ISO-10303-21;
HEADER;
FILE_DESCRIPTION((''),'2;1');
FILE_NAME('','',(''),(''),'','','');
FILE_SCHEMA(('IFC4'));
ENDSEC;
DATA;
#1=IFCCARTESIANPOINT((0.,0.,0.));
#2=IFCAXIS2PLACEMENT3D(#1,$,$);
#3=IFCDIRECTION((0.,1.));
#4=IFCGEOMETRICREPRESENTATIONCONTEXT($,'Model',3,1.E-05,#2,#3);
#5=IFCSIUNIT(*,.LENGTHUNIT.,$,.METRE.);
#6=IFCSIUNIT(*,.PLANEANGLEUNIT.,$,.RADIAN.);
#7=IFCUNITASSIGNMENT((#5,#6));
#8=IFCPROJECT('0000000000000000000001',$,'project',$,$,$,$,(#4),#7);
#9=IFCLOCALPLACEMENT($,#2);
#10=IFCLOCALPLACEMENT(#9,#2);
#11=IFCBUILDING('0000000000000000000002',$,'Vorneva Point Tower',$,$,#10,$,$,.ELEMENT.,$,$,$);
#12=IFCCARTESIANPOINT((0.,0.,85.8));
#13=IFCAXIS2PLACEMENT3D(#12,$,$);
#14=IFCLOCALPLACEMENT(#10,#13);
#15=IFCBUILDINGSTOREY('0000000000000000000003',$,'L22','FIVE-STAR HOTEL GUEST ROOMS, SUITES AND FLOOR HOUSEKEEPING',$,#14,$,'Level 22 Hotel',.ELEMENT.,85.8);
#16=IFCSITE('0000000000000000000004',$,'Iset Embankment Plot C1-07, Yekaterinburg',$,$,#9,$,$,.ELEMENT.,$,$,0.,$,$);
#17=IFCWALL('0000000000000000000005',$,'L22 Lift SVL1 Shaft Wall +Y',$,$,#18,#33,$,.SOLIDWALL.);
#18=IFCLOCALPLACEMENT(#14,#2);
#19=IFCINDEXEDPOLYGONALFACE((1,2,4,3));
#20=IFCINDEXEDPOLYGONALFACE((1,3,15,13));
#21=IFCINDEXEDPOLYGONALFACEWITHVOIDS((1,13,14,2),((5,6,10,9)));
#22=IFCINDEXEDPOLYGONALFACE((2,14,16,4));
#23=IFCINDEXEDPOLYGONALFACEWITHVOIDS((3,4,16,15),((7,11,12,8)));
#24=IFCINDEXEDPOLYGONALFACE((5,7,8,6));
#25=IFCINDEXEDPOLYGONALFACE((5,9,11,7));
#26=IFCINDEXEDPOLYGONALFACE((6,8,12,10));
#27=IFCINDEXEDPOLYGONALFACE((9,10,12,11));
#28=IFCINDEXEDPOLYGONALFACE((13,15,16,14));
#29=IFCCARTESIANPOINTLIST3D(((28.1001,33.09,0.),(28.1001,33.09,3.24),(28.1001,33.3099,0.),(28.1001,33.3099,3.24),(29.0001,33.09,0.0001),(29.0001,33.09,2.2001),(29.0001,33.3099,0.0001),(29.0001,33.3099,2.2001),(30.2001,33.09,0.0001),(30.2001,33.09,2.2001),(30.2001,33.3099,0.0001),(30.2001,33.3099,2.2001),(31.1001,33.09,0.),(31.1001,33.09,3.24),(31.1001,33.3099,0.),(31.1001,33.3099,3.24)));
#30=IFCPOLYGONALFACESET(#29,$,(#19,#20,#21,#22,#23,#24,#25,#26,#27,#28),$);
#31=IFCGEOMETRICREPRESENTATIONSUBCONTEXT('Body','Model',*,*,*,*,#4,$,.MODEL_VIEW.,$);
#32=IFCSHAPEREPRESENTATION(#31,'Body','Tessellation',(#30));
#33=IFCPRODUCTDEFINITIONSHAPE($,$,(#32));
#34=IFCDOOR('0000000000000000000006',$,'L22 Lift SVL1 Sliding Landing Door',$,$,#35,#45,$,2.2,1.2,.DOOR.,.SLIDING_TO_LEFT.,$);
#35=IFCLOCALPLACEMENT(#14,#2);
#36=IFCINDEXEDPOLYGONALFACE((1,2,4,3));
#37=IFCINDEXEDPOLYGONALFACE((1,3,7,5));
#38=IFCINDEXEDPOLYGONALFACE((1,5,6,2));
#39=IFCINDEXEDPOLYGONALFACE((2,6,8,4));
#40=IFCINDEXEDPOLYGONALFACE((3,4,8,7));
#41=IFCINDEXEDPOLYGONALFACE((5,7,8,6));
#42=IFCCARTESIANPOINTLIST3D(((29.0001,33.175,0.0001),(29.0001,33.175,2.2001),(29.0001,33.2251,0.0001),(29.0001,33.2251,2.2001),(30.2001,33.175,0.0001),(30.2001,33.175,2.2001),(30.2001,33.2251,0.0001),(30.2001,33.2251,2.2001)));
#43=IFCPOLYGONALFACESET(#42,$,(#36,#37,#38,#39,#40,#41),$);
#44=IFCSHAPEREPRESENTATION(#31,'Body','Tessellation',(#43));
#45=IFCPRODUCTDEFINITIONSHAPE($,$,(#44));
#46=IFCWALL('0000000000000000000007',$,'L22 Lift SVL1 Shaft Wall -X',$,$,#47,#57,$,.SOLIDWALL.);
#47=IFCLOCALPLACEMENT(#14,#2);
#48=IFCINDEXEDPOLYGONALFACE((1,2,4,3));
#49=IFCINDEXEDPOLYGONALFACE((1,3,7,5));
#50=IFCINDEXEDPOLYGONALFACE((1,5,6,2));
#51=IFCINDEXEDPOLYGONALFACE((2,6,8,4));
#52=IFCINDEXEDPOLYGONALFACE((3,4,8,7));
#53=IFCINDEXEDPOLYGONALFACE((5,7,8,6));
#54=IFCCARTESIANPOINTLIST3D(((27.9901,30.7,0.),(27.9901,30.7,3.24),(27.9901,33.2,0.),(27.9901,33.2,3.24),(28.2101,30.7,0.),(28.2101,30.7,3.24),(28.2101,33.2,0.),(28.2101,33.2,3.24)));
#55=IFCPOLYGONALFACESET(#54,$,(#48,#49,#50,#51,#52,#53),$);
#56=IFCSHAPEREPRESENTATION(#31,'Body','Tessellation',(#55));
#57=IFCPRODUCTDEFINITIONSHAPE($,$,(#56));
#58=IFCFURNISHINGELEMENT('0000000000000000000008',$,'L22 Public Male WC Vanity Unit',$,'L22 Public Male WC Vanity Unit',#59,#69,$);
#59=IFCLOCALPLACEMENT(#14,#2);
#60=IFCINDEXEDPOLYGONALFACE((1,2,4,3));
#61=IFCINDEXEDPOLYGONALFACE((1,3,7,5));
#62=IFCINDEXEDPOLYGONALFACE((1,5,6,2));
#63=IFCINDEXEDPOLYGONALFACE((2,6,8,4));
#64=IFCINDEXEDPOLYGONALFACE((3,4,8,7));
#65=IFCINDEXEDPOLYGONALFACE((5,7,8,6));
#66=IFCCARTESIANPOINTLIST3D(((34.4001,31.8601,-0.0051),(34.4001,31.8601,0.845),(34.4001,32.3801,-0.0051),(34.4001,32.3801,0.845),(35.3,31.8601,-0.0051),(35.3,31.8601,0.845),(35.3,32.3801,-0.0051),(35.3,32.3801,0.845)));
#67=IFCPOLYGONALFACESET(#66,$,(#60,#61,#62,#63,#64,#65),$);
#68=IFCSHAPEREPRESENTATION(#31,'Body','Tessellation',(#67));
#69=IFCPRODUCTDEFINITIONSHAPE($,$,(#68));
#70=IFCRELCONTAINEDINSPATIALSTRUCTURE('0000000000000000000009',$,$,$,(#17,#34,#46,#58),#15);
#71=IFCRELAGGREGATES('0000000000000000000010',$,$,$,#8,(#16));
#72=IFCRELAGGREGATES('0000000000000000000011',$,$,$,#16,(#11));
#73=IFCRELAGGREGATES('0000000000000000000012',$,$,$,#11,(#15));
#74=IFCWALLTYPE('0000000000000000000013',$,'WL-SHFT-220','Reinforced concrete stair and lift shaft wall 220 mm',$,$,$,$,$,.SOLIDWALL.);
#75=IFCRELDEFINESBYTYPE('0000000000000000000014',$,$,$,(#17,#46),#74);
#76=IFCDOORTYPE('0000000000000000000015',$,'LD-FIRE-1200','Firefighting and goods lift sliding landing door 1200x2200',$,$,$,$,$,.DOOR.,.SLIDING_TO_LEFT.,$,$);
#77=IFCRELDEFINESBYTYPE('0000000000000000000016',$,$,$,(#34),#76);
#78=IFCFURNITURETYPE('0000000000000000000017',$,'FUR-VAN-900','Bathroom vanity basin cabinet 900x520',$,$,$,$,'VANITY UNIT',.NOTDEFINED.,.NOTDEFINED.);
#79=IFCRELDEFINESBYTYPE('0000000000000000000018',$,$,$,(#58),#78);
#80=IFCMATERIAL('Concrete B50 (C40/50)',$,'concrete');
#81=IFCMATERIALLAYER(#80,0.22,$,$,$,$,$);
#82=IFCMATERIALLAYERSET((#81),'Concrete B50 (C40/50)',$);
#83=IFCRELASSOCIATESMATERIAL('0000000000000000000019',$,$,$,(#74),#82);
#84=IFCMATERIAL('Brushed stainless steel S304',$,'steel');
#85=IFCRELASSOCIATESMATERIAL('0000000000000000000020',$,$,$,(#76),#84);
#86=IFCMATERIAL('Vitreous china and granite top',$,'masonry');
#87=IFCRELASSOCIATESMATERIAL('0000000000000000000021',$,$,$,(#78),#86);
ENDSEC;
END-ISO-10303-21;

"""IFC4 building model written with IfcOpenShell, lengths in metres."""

from ifc_helpers import new_model, si_unit, direction, frame, frame_2d, origin, origin_2d, place, context, subcontext, project, spatial, rectangle, extrude, material, layer, layer_set, type_object, element, fill, save


model = new_model("IFC4")

# Units and contexts
model_context = context("Model", 3, precision=1e-05, world=origin(), true_north=direction((0.0, 1.0)))
body_context = subcontext(model_context, "Body", "Model", "MODEL_VIEW")
ifc_project = project(units=[si_unit("LENGTHUNIT", "METRE"), si_unit("PLANEANGLEUNIT", "RADIAN")], contexts=[model_context])

# Site, building, storey
site_placement = place(None, origin())
site = spatial("IfcSite", under=ifc_project, at=site_placement, Name="Iset Embankment Plot C1-07, Yekaterinburg", CompositionType="ELEMENT", RefElevation=0.0)
building_placement = place(site_placement, origin())
building = spatial("IfcBuilding", under=site, at=building_placement, Name="Vorneva Point Tower", CompositionType="ELEMENT")
storey_placement = place(building_placement, frame((0.0, 0.0, 85.8)))
storey = spatial("IfcBuildingStorey", under=building, at=storey_placement, Name="L22", Description="FIVE-STAR HOTEL GUEST ROOMS, SUITES AND FLOOR HOUSEKEEPING", LongName="Level 22 Hotel", CompositionType="ELEMENT", Elevation=85.8)

# Wall, opening, door
ifc_material_1 = material(Name="Concrete B50 (C40/50)", Category="concrete")
ifc_layer_1 = layer(ifc_material_1, 0.22)
ifc_layer_set_1 = layer_set([ifc_layer_1], Name="Concrete B50 (C40/50)")
wall_type_1 = type_object("IfcWallType", Name="WL-SHFT-220", Description="Reinforced concrete stair and lift shaft wall 220 mm", PredefinedType="SOLIDWALL", material=ifc_layer_set_1)
wall_1_placement = place(storey_placement, frame((31.1001, 33.2, 0.0), z_axis=(0.0, 0.0, 1.0), x_axis=(-1.0, 0.0, 0.0)))
wall_1 = element("IfcWall", 1, at=wall_1_placement, inside=storey, type_object=wall_type_1, Name="L22 Lift SVL1 Shaft Wall +Y", PredefinedType="SOLIDWALL", context=body_context, shape_type="SweptSolid", body=[
    extrude(rectangle(XDim=3.0, YDim=0.22, at=frame_2d((1.5, 0.0))), origin(), (0.0, 0.0, 1.0), 3.24),
])
opening_1_placement = place(wall_1_placement, frame((0.8999, 0.0, 0.0)))
opening_1 = element("IfcOpeningElement", 2, at=opening_1_placement, cuts=wall_1, PredefinedType="OPENING", context=body_context, shape_type="SweptSolid", body=[
    extrude(rectangle(XDim=1.2, YDim=2.2, at=frame_2d((0.6001, 1.1001))), frame((0.0, 0.125, 0.0), z_axis=(0.0, -1.0, 0.0), x_axis=(1.0, 0.0, 0.0)), (0.0, 0.0, 1.0), 0.2498),
])
ifc_material_2 = material(Name="Brushed stainless steel S304", Category="steel")
door_type_1 = type_object("IfcDoorType", Name="LD-FIRE-1200", Description="Firefighting and goods lift sliding landing door 1200x2200", OperationType="SLIDING_TO_LEFT", PredefinedType="DOOR", material=ifc_material_2)
door_1_placement = place(opening_1_placement, origin())
door_1 = element("IfcDoor", 3, at=door_1_placement, inside=storey, type_object=door_type_1, Name="L22 Lift SVL1 Sliding Landing Door", OperationType="SLIDING_TO_LEFT", OverallHeight=2.2, OverallWidth=1.2, PredefinedType="DOOR", context=body_context, shape_type="SweptSolid", body=[
    extrude(rectangle(XDim=1.2, YDim=2.2, at=frame_2d((0.6001, 1.1001))), frame((0.0, 0.0249, 0.0), z_axis=(0.0, -1.0, 0.0), x_axis=(1.0, 0.0, 0.0)), (0.0, 0.0, 1.0), 0.05),
])
fill(opening_1, door_1)

# Wall
wall_2_placement = place(storey_placement, frame((28.1001, 33.2, 0.0), z_axis=(0.0, 0.0, 1.0), x_axis=(0.0, -1.0, 0.0)))
element("IfcWall", 4, at=wall_2_placement, inside=storey, type_object=wall_type_1, Name="L22 Lift SVL1 Shaft Wall -X", PredefinedType="SOLIDWALL", context=body_context, shape_type="SweptSolid", body=[
    extrude(rectangle(XDim=2.5, YDim=0.22, at=frame_2d((1.25, 0.0))), origin(), (0.0, 0.0, 1.0), 3.24),
])

# Furnishing element
ifc_material_3 = material(Name="Vitreous china and granite top", Category="masonry")
furniture_type = type_object("IfcFurnitureType", Name="FUR-VAN-900", Description="Bathroom vanity basin cabinet 900x520", ElementType="VANITY UNIT", AssemblyPlace="NOTDEFINED", PredefinedType="NOTDEFINED", material=ifc_material_3)
furnishing_placement = place(storey_placement, frame((34.8501, 32.1201, -0.0051), z_axis=(0.0, 0.0, 1.0), x_axis=(1.0, 0.0, 0.0)))
element("IfcFurnishingElement", 5, at=furnishing_placement, inside=storey, type_object=furniture_type, Name="L22 Public Male WC Vanity Unit", ObjectType="L22 Public Male WC Vanity Unit", context=body_context, shape_type="SweptSolid", body=[
    extrude(rectangle(XDim=0.8999, YDim=0.52, at=origin_2d()), origin(), (0.0, 0.0, 1.0), 0.8501),
])

save(model, "model.ifc")
